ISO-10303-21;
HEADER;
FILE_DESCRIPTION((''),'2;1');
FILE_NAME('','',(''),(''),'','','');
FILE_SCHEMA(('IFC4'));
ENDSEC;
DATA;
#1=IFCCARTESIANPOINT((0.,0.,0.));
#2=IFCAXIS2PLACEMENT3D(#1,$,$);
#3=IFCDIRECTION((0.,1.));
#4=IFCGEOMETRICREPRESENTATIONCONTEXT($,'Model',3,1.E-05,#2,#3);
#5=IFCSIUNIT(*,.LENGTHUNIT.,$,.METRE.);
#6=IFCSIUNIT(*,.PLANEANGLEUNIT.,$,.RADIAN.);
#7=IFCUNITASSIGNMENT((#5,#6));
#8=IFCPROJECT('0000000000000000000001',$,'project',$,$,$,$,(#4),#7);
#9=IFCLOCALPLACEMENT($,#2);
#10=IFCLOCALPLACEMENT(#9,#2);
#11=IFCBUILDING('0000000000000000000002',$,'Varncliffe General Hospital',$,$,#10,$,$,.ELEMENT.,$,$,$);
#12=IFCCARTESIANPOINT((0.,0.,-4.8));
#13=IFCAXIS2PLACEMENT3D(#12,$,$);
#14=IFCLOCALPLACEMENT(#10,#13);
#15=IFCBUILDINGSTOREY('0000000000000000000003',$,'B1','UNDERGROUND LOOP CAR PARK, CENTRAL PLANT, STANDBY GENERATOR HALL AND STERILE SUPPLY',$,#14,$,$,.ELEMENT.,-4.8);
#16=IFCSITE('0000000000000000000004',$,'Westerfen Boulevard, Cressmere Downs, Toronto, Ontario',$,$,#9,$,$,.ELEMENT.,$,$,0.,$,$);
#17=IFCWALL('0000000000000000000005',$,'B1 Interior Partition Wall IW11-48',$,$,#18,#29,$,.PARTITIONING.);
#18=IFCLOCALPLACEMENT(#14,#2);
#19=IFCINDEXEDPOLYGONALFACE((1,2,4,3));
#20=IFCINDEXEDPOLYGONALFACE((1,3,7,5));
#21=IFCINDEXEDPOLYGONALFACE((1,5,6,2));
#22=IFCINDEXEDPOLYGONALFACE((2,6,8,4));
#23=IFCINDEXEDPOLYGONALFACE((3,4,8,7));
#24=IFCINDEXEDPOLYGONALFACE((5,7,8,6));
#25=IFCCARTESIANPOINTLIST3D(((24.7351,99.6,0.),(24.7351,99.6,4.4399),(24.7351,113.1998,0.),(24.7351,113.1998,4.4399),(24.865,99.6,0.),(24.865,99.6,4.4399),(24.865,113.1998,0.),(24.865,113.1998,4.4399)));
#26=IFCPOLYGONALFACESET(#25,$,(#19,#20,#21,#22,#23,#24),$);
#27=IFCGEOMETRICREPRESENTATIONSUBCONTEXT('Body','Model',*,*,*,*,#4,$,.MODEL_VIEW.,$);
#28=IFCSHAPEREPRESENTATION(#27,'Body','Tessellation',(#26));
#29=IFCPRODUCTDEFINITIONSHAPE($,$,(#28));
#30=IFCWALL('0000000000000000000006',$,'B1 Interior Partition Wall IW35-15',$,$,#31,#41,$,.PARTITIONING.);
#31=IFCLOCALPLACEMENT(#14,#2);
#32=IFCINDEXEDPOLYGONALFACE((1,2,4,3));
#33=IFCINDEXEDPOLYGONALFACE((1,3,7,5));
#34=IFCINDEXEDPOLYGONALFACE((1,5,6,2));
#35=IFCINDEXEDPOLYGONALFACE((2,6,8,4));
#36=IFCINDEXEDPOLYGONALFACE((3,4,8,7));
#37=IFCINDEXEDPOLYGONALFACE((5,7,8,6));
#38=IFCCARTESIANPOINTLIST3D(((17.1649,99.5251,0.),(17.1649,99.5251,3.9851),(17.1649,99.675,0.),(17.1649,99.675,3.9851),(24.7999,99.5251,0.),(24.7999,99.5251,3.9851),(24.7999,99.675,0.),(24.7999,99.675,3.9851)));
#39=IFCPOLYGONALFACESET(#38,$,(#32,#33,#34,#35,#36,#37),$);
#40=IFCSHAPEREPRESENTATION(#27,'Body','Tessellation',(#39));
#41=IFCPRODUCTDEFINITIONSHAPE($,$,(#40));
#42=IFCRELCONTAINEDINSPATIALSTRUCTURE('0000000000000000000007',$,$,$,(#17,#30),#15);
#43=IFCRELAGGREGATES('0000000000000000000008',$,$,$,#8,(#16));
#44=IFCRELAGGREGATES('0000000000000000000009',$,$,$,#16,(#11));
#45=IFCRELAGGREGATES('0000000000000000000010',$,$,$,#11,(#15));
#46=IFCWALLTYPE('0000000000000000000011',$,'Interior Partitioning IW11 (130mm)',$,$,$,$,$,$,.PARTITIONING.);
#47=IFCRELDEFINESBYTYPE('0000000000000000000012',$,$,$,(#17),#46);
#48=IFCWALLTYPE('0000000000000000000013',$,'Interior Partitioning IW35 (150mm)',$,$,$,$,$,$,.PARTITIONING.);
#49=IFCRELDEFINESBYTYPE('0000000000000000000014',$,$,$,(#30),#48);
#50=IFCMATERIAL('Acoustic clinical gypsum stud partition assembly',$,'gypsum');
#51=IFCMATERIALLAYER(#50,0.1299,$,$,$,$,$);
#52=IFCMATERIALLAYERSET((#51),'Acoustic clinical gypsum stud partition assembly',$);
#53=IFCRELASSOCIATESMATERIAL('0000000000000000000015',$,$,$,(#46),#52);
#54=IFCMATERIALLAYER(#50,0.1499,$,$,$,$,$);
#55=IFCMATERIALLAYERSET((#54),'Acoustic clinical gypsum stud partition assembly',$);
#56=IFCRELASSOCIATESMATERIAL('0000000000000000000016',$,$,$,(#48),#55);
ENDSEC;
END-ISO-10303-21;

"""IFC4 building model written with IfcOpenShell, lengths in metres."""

from ifc_helpers import new_model, si_unit, direction, frame, frame_2d, origin, place, context, subcontext, project, spatial, rectangle, extrude, material, layer, layer_set, type_object, element, save


model = new_model("IFC4")

# Units and contexts
model_context = context("Model", 3, precision=1e-05, world=origin(), true_north=direction((0.0, 1.0)))
body_context = subcontext(model_context, "Body", "Model", "MODEL_VIEW")
ifc_project = project(units=[si_unit("LENGTHUNIT", "METRE"), si_unit("PLANEANGLEUNIT", "RADIAN")], contexts=[model_context])

# Site, building, storey
site_placement = place(None, origin())
site = spatial("IfcSite", under=ifc_project, at=site_placement, Name="Westerfen Boulevard, Cressmere Downs, Toronto, Ontario", CompositionType="ELEMENT", RefElevation=0.0)
building_placement = place(site_placement, origin())
building = spatial("IfcBuilding", under=site, at=building_placement, Name="Varncliffe General Hospital", CompositionType="ELEMENT")
storey_placement = place(building_placement, frame((0.0, 0.0, -4.8)))
storey = spatial("IfcBuildingStorey", under=building, at=storey_placement, Name="B1", Description="UNDERGROUND LOOP CAR PARK, CENTRAL PLANT, STANDBY GENERATOR HALL AND STERILE SUPPLY", CompositionType="ELEMENT", Elevation=-4.8)

# Walls
ifc_material_1 = material(Name="Acoustic clinical gypsum stud partition assembly", Category="gypsum")
ifc_layer_1 = layer(ifc_material_1, 0.1299)
ifc_layer_set_1 = layer_set([ifc_layer_1], Name="Acoustic clinical gypsum stud partition assembly")
wall_type_1 = type_object("IfcWallType", Name="Interior Partitioning IW11 (130mm)", PredefinedType="PARTITIONING", material=ifc_layer_set_1)
wall_1_placement = place(storey_placement, frame((24.8, 99.6001, 0.0), z_axis=(0.0, 0.0, 1.0), x_axis=(0.0, 1.0, 0.0)))
element("IfcWall", 1, at=wall_1_placement, inside=storey, type_object=wall_type_1, Name="B1 Interior Partition Wall IW11-48", PredefinedType="PARTITIONING", context=body_context, shape_type="SweptSolid", body=[
    extrude(rectangle(XDim=13.5999, YDim=0.1299, at=frame_2d((6.7998, 0.0))), origin(), (0.0, 0.0, 1.0), 4.4399),
])
ifc_layer_2 = layer(ifc_material_1, 0.1499)
ifc_layer_set_2 = layer_set([ifc_layer_2], Name="Acoustic clinical gypsum stud partition assembly")
wall_type_2 = type_object("IfcWallType", Name="Interior Partitioning IW35 (150mm)", PredefinedType="PARTITIONING", material=ifc_layer_set_2)
wall_2_placement = place(storey_placement, frame((17.165, 99.6001, 0.0), z_axis=(0.0, 0.0, 1.0), x_axis=(1.0, 0.0, 0.0)))
element("IfcWall", 2, at=wall_2_placement, inside=storey, type_object=wall_type_2, Name="B1 Interior Partition Wall IW35-15", PredefinedType="PARTITIONING", context=body_context, shape_type="SweptSolid", body=[
    extrude(rectangle(XDim=7.635, YDim=0.1499, at=frame_2d((3.8174, 0.0))), origin(), (0.0, 0.0, 1.0), 3.9851),
])

save(model, "model.ifc")
